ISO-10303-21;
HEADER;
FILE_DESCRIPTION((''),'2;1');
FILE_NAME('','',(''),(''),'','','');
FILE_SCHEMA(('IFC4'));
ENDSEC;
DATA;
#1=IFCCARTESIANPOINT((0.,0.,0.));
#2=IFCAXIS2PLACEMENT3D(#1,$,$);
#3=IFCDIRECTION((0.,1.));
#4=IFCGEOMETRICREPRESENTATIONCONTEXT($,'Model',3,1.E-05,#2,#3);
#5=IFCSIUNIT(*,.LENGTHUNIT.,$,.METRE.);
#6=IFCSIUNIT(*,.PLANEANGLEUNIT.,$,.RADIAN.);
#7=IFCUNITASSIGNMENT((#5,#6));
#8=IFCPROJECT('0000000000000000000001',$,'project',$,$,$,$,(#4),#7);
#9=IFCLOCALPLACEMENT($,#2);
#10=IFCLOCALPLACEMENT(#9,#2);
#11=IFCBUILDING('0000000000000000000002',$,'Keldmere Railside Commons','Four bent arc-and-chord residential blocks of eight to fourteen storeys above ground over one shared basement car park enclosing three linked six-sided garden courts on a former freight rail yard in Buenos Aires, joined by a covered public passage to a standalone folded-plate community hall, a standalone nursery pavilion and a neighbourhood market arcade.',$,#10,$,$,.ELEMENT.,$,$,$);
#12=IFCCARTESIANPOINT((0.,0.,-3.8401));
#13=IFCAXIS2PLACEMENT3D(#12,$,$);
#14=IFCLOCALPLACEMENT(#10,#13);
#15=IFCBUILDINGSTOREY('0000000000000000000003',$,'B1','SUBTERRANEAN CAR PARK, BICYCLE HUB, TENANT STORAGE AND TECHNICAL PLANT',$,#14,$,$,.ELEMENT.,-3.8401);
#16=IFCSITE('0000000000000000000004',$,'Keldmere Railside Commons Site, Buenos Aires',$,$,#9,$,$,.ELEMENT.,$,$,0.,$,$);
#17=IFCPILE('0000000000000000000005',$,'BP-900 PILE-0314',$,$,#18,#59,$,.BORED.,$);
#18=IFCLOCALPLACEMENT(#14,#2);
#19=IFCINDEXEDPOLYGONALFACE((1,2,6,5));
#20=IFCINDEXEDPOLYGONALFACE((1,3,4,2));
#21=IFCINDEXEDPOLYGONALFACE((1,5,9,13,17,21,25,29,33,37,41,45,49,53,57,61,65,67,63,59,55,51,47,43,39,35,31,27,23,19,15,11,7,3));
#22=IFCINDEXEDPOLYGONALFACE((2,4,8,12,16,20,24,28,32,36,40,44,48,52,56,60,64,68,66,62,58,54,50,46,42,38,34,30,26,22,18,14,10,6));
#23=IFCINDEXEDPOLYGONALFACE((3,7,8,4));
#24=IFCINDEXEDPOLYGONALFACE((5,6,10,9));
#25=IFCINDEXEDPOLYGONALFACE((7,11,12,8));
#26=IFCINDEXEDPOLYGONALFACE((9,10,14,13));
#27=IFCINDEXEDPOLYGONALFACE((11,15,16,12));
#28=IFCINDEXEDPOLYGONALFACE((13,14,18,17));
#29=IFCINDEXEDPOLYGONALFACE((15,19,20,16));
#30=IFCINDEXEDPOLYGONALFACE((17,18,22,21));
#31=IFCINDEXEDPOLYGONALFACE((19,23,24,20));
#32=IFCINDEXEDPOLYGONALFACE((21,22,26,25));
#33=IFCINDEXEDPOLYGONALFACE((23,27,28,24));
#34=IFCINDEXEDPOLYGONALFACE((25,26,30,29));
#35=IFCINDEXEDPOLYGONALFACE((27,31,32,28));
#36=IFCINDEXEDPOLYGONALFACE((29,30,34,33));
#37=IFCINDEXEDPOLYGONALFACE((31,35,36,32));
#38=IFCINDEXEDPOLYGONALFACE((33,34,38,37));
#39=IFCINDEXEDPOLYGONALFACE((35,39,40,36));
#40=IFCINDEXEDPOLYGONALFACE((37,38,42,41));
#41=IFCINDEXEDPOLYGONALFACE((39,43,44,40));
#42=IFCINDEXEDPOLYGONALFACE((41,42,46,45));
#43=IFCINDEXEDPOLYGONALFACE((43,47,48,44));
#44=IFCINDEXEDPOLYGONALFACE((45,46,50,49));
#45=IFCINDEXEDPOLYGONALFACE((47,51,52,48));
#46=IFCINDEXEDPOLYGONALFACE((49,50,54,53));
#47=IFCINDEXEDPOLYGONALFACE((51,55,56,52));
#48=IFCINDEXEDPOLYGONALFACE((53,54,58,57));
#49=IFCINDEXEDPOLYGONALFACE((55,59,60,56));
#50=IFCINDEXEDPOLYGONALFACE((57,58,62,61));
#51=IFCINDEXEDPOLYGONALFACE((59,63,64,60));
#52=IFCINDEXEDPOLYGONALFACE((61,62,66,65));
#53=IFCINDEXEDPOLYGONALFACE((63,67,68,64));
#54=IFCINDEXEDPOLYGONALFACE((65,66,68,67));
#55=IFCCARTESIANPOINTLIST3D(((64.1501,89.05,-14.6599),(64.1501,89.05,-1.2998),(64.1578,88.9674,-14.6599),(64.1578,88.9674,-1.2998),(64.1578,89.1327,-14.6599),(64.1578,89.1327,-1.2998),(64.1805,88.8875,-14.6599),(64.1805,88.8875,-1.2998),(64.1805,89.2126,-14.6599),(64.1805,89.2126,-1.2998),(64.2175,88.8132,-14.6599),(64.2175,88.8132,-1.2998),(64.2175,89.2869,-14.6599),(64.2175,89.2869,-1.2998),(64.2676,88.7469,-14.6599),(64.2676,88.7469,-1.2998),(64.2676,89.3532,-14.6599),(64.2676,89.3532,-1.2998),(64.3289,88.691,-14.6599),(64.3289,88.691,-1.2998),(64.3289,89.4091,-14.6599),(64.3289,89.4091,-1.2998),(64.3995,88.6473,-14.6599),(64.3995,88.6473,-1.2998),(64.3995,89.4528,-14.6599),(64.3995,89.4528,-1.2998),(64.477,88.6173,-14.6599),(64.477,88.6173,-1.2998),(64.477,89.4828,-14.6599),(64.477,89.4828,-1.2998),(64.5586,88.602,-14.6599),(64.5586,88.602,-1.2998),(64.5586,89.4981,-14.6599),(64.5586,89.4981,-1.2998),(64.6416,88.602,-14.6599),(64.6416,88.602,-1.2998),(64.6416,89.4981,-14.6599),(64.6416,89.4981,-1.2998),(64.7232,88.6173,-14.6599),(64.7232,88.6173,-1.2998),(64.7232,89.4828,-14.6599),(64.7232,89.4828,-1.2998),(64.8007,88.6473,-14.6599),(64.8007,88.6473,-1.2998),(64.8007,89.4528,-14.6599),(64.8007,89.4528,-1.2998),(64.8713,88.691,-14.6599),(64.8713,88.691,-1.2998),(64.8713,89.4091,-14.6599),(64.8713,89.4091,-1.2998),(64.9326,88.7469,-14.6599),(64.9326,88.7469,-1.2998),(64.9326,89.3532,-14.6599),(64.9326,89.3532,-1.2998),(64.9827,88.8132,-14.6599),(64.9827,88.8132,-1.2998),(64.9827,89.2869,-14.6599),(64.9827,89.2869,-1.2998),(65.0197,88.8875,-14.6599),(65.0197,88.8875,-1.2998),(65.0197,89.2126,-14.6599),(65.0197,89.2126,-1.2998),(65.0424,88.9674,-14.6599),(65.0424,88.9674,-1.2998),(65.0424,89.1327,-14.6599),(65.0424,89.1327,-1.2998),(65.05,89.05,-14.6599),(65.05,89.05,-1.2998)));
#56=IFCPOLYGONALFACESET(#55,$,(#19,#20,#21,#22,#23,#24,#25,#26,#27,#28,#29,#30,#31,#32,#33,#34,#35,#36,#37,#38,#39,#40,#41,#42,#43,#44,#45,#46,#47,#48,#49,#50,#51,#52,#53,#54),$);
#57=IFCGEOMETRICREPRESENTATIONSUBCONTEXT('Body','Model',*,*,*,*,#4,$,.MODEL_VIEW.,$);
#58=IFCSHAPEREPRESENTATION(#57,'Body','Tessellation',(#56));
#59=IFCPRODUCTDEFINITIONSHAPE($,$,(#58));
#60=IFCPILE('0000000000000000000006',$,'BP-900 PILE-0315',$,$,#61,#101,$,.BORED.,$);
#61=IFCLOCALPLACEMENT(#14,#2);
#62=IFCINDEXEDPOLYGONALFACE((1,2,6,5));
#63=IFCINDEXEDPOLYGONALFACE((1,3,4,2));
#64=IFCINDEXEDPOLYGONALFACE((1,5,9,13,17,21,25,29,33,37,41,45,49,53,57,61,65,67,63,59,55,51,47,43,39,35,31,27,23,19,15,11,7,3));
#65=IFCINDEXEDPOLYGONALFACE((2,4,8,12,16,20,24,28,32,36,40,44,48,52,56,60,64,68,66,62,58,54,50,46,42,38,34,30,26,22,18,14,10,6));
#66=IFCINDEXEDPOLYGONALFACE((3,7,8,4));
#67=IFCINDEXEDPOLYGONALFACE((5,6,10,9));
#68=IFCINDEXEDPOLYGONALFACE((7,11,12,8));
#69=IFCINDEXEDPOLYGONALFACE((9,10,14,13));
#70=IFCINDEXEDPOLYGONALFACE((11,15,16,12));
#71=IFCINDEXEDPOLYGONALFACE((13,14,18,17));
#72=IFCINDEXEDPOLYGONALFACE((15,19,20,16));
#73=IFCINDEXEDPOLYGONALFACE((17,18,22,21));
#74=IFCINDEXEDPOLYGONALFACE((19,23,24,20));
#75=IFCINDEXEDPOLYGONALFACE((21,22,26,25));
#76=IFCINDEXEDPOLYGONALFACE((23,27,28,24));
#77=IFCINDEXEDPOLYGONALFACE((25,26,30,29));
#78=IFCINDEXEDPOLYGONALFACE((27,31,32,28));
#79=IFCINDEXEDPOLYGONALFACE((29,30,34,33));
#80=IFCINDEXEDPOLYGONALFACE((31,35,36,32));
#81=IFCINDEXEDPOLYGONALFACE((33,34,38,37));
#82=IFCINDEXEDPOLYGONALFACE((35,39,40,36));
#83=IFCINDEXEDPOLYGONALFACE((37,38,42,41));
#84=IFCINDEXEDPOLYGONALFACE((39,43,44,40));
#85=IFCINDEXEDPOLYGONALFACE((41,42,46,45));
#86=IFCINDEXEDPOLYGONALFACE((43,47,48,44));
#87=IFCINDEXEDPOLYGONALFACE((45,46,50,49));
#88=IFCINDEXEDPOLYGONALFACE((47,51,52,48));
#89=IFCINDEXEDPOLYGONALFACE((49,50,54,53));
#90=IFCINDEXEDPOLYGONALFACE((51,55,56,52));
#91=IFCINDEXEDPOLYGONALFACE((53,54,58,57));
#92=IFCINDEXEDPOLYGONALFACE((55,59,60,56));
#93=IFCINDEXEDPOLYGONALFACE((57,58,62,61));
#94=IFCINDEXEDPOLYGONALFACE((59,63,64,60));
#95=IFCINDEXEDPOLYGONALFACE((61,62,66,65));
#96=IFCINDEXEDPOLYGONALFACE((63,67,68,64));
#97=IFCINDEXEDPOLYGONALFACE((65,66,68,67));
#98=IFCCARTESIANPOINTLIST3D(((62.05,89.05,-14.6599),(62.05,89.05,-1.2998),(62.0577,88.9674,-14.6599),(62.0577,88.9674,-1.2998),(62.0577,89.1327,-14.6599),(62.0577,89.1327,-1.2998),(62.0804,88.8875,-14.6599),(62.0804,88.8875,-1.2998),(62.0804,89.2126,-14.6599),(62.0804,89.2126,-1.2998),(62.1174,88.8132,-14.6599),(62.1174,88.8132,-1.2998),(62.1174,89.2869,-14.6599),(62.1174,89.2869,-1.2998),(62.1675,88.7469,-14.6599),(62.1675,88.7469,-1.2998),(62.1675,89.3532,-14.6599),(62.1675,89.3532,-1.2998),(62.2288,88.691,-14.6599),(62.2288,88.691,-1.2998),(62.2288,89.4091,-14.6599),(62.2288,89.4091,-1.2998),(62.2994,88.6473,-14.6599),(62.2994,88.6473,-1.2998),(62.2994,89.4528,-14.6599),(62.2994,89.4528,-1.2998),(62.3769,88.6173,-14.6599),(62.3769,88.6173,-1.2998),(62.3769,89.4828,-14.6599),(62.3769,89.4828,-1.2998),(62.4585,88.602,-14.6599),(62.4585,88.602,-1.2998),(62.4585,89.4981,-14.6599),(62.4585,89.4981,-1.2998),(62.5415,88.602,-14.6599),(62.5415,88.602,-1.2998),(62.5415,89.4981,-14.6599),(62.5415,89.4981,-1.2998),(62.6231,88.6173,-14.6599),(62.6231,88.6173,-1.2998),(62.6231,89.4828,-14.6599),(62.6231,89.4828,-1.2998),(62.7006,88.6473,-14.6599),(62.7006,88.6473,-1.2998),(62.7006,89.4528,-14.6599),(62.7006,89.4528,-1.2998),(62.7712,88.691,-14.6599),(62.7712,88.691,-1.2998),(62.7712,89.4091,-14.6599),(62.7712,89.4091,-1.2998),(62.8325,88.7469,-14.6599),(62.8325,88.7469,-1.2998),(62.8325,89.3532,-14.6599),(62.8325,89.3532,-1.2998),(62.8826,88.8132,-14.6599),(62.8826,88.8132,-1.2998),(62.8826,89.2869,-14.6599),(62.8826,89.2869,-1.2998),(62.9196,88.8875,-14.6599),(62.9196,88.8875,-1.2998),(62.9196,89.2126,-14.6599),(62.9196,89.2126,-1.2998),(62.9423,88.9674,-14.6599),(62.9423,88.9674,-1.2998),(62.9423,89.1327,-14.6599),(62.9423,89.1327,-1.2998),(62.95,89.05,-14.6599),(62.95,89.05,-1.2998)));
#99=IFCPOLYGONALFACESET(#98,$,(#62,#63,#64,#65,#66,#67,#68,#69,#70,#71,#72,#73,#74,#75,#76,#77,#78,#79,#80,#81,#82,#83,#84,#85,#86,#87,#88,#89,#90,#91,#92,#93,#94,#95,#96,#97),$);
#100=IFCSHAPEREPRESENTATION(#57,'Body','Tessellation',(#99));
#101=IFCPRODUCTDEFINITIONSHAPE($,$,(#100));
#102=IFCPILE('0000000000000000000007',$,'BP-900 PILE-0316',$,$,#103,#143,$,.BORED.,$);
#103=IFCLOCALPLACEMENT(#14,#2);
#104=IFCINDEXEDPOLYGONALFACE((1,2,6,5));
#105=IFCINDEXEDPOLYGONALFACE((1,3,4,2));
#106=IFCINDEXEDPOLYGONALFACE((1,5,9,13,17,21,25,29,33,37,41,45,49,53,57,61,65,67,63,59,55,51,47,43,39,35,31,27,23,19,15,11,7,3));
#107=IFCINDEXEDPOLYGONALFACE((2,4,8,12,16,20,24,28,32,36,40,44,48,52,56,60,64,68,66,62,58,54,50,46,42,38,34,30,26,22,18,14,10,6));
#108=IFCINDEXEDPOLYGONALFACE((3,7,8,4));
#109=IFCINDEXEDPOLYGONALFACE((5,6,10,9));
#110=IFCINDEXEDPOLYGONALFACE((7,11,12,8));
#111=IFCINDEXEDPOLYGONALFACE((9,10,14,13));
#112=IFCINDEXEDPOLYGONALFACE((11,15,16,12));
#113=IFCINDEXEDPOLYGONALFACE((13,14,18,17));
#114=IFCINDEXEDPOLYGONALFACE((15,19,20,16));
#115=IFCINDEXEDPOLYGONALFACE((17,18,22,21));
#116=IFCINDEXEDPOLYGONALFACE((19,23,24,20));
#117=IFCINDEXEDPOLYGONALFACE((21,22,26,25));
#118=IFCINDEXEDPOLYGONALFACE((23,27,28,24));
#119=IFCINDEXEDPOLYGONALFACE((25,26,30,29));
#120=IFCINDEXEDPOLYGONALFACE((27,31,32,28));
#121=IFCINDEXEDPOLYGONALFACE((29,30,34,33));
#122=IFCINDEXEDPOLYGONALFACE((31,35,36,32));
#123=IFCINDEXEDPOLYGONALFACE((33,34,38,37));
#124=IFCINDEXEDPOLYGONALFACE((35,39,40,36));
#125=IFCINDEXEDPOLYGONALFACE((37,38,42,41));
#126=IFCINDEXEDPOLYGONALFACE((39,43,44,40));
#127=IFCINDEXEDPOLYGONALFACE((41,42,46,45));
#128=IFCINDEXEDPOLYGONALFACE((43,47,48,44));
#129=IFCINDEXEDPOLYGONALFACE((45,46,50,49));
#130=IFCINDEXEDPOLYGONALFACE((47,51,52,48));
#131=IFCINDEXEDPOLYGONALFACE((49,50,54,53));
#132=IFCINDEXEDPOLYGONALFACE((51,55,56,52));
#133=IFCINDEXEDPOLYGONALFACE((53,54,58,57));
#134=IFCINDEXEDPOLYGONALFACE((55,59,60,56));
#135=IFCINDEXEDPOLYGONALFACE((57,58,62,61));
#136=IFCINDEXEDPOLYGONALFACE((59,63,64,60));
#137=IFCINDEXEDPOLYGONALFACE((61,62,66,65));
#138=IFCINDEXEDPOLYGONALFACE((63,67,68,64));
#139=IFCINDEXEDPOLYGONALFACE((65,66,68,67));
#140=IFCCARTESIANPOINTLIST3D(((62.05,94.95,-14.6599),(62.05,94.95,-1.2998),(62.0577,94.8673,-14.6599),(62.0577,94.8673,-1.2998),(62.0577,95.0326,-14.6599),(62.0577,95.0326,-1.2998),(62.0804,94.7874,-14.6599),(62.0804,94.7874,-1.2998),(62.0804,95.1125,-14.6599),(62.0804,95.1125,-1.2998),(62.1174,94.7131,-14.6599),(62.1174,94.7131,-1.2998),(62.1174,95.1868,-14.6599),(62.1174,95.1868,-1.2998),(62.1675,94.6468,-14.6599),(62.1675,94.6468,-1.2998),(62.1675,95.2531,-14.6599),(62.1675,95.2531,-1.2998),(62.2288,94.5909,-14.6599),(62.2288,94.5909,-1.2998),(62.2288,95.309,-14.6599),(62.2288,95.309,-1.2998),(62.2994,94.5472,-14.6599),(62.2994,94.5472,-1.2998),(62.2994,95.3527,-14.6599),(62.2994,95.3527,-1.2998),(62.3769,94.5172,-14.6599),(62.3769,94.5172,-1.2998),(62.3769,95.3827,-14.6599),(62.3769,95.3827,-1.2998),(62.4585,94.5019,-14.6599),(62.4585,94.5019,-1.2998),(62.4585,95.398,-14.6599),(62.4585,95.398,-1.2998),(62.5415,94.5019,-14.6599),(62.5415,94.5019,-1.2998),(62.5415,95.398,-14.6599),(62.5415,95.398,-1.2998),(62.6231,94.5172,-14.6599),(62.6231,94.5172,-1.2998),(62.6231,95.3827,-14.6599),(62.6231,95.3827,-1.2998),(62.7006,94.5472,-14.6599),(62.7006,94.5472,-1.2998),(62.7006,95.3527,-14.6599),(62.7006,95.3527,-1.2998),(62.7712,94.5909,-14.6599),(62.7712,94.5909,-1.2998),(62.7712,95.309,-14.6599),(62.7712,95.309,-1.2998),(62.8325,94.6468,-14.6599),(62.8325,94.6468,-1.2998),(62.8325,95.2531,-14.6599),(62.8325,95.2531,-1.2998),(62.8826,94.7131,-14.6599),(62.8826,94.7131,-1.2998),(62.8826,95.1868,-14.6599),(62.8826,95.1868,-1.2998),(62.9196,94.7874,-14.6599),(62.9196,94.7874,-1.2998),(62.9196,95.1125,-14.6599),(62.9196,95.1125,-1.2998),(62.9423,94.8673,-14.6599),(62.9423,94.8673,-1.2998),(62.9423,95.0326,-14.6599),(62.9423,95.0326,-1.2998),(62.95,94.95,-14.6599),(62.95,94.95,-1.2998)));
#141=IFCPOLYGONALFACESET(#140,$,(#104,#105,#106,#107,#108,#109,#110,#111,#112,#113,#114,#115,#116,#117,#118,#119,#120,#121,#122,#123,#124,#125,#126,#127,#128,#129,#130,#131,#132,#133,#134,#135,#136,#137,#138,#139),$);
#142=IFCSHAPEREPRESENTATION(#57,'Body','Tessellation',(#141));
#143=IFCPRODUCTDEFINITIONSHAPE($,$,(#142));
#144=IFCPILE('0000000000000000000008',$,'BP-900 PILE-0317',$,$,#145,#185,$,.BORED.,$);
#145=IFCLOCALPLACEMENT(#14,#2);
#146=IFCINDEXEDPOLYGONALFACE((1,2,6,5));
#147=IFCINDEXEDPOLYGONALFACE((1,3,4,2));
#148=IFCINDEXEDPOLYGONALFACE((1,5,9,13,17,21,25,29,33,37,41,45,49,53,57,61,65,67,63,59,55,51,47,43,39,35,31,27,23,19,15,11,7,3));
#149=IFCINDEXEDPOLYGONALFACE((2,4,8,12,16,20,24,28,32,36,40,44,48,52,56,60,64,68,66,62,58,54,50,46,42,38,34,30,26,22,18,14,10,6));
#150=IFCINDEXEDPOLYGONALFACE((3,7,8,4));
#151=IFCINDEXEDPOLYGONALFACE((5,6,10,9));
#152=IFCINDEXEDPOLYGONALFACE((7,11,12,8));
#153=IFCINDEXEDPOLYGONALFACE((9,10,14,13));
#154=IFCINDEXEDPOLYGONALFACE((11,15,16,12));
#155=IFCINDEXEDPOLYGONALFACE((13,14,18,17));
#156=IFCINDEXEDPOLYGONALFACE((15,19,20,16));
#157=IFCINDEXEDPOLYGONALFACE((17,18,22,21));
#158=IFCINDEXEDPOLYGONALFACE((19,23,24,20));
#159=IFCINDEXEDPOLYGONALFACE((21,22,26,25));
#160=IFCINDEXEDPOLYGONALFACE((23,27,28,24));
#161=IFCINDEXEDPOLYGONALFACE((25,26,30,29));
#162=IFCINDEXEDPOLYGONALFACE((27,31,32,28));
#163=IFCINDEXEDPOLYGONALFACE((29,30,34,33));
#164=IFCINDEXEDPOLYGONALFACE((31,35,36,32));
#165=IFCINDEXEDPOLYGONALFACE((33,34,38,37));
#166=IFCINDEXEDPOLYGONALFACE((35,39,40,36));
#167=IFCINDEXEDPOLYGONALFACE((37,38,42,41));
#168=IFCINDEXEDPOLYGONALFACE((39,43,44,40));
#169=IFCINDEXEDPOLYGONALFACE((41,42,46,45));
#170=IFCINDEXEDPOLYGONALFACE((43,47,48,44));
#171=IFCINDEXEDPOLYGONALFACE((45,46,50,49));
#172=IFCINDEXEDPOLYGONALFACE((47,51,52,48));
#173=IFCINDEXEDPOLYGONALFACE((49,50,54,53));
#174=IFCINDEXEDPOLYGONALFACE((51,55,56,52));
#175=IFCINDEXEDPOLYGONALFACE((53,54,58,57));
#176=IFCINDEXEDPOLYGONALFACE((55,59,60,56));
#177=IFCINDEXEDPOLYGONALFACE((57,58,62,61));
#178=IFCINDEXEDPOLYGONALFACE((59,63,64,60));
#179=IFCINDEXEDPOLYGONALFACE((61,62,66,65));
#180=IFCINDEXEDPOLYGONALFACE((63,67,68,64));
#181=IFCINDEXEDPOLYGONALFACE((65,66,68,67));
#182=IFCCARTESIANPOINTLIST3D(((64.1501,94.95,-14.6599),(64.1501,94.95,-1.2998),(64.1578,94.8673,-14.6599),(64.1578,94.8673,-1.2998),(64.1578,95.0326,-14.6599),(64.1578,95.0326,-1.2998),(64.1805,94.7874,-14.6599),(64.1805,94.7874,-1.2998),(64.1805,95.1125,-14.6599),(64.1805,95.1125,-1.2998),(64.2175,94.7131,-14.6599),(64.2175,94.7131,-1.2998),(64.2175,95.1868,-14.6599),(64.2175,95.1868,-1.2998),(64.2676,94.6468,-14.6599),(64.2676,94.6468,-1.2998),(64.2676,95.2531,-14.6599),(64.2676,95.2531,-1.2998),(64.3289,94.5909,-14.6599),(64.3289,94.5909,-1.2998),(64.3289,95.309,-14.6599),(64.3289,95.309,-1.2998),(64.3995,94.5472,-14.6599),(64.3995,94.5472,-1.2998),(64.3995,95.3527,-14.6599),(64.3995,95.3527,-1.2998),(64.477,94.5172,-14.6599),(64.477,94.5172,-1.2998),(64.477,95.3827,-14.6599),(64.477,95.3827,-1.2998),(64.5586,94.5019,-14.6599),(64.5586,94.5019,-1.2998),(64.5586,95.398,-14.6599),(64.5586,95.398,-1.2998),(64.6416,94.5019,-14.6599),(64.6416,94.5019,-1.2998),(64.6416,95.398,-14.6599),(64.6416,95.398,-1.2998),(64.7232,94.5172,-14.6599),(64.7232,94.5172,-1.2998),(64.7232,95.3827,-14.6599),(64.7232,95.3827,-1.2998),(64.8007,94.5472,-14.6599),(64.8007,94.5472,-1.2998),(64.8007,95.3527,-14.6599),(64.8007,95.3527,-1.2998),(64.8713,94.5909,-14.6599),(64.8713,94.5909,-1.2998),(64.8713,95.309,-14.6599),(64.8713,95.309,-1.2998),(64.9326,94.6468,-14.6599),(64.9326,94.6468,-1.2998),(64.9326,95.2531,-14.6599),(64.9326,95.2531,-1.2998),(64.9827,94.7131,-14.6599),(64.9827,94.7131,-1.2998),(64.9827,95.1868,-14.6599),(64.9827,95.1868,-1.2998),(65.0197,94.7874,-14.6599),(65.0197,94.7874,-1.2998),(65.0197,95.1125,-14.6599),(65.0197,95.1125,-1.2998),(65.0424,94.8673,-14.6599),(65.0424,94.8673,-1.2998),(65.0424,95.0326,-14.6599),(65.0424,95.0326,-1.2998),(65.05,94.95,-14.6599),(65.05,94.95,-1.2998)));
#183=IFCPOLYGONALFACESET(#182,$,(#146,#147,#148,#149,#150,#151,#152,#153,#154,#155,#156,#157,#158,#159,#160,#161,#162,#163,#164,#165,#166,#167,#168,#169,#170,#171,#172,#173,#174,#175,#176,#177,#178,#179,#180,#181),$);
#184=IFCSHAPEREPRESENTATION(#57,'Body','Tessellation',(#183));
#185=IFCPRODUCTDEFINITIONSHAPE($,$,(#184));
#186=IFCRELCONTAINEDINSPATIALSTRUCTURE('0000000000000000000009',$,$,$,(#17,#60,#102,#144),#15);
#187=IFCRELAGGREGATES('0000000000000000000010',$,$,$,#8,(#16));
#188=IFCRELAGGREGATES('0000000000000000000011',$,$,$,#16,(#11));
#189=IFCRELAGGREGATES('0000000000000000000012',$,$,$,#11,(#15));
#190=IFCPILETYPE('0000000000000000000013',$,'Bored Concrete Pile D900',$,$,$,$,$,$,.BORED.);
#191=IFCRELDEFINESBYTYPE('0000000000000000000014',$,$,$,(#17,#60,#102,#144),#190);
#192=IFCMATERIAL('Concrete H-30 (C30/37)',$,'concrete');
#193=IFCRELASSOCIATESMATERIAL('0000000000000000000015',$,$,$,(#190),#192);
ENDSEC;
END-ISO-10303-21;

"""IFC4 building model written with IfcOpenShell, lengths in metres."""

from ifc_helpers import new_model, si_unit, direction, frame, origin, origin_2d, place, context, subcontext, project, spatial, circle, extrude, material, material_profile, profile_set, type_object, element, save


model = new_model("IFC4")

# Units and contexts
model_context = context("Model", 3, precision=1e-05, world=origin(), true_north=direction((0.0, 1.0)))
body_context = subcontext(model_context, "Body", "Model", "MODEL_VIEW")
ifc_project = project(units=[si_unit("LENGTHUNIT", "METRE"), si_unit("PLANEANGLEUNIT", "RADIAN")], contexts=[model_context])

# Site, building, storey
site_placement = place(None, origin())
site = spatial("IfcSite", under=ifc_project, at=site_placement, Name="Keldmere Railside Commons Site, Buenos Aires", CompositionType="ELEMENT", RefElevation=0.0)
building_placement = place(site_placement, origin())
building = spatial("IfcBuilding", under=site, at=building_placement, Name="Keldmere Railside Commons", Description="Four bent arc-and-chord residential blocks of eight to fourteen storeys above ground over one shared basement car park enclosing three linked six-sided garden courts on a former freight rail yard in Buenos Aires, joined by a covered public passage to a standalone folded-plate community hall, a standalone nursery pavilion and a neighbourhood market arcade.", CompositionType="ELEMENT")
storey_placement = place(building_placement, frame((0.0, 0.0, -3.8401)))
storey = spatial("IfcBuildingStorey", under=building, at=storey_placement, Name="B1", Description="SUBTERRANEAN CAR PARK, BICYCLE HUB, TENANT STORAGE AND TECHNICAL PLANT", CompositionType="ELEMENT", Elevation=-3.8401)

# Piles
ifc_material_1 = material(Name="Concrete H-30 (C30/37)", Category="concrete")
ifc_material_profile_1 = material_profile(ifc_material_1, circle(Radius=0.45, at=origin_2d()), Name="PILE-D900")
ifc_profile_set_1 = profile_set([ifc_material_profile_1], Name="Concrete H-30 (C30/37)")
pile_type_1 = type_object("IfcPileType", Name="Bored Concrete Pile D900", PredefinedType="BORED", material=ifc_profile_set_1)
for number, where, z_axis, x_axis, name in (
    (1, (64.6001, 89.05, -1.2998), (0.0, 0.0, -1.0), (1.0, 0.0, 0.0), "BP-900 PILE-0314"),
    (2, (62.5, 89.05, -1.2998), (0.0, 0.0, -1.0), (1.0, 0.0, 0.0), "BP-900 PILE-0315"),
    (3, (62.5, 94.95, -1.2998), (0.0, 0.0, -1.0), (1.0, 0.0, 0.0), "BP-900 PILE-0316"),
    (4, (64.6001, 94.95, -1.2998), (0.0, 0.0, -1.0), (1.0, 0.0, 0.0), "BP-900 PILE-0317"),
):
    element("IfcPile", number, at=place(storey_placement, frame(where, z_axis=z_axis, x_axis=x_axis)), inside=storey, type_object=pile_type_1, Name=name, PredefinedType="BORED", context=body_context, shape_type="SweptSolid", body=[
        extrude(circle(Radius=0.45, at=origin_2d()), origin(), (0.0, 0.0, 1.0), 13.3601),
    ])

save(model, "model.ifc")
